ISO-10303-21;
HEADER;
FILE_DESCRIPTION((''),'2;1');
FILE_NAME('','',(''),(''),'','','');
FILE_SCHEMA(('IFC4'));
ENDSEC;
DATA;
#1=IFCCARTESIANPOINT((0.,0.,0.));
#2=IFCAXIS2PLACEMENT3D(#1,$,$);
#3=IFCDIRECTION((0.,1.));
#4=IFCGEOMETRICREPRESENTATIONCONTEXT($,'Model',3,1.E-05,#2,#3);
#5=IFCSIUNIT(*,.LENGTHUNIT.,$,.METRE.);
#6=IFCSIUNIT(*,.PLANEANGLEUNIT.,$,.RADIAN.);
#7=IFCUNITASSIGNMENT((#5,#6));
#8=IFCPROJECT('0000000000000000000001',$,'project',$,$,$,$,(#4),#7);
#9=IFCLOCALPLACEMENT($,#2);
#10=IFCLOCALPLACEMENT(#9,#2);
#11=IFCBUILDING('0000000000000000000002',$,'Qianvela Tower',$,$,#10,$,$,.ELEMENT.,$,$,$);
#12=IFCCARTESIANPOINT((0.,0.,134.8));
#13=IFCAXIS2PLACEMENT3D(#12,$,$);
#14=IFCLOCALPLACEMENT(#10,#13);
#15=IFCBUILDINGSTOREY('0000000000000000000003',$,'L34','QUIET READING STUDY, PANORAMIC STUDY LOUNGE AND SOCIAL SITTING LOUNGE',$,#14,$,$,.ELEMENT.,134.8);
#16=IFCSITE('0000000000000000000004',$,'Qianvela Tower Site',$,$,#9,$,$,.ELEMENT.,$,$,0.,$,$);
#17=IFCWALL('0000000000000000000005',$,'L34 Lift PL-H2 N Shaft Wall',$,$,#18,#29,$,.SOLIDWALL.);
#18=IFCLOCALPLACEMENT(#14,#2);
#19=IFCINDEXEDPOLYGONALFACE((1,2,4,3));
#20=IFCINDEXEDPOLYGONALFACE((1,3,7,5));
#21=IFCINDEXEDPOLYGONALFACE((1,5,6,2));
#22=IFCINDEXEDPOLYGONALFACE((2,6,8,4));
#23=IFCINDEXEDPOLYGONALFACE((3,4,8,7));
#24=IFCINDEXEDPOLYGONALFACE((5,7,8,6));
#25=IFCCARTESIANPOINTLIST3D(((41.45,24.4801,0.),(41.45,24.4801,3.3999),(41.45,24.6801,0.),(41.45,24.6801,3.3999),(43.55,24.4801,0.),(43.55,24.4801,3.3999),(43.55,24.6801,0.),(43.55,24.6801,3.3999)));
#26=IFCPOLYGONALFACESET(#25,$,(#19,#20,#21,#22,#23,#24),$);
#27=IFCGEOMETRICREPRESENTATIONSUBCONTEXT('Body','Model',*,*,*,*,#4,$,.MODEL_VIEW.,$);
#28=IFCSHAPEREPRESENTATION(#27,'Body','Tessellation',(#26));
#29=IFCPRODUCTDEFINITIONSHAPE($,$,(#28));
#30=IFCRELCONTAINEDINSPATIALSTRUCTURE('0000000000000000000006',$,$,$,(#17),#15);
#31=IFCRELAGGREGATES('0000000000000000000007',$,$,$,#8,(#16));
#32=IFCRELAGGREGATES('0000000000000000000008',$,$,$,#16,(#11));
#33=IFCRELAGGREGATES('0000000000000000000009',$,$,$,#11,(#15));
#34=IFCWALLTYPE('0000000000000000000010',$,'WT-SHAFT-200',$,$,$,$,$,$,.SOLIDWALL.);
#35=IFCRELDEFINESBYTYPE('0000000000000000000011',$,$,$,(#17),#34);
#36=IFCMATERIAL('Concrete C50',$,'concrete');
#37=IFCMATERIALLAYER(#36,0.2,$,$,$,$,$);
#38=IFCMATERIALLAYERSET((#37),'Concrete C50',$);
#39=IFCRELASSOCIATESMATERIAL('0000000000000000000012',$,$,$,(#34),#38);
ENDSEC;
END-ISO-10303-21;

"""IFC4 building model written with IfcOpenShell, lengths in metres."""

from ifc_helpers import new_model, si_unit, direction, frame, frame_2d, origin, place, context, subcontext, project, spatial, rectangle, extrude, material, layer, layer_set, type_object, element, save


model = new_model("IFC4")

# Units and contexts
model_context = context("Model", 3, precision=1e-05, world=origin(), true_north=direction((0.0, 1.0)))
body_context = subcontext(model_context, "Body", "Model", "MODEL_VIEW")
ifc_project = project(units=[si_unit("LENGTHUNIT", "METRE"), si_unit("PLANEANGLEUNIT", "RADIAN")], contexts=[model_context])

# Site, building, storey
site_placement = place(None, origin())
site = spatial("IfcSite", under=ifc_project, at=site_placement, Name="Qianvela Tower Site", CompositionType="ELEMENT", RefElevation=0.0)
building_placement = place(site_placement, origin())
building = spatial("IfcBuilding", under=site, at=building_placement, Name="Qianvela Tower", CompositionType="ELEMENT")
storey_placement = place(building_placement, frame((0.0, 0.0, 134.8)))
storey = spatial("IfcBuildingStorey", under=building, at=storey_placement, Name="L34", Description="QUIET READING STUDY, PANORAMIC STUDY LOUNGE AND SOCIAL SITTING LOUNGE", CompositionType="ELEMENT", Elevation=134.8)

# Wall
ifc_material_1 = material(Name="Concrete C50", Category="concrete")
ifc_layer_1 = layer(ifc_material_1, 0.2)
ifc_layer_set_1 = layer_set([ifc_layer_1], Name="Concrete C50")
wall_type_1 = type_object("IfcWallType", Name="WT-SHAFT-200", PredefinedType="SOLIDWALL", material=ifc_layer_set_1)
wall_1_placement = place(storey_placement, frame((41.45, 24.5801, 0.0), z_axis=(0.0, 0.0, 1.0), x_axis=(1.0, 0.0, 0.0)))
element("IfcWall", 1, at=wall_1_placement, inside=storey, type_object=wall_type_1, Name="L34 Lift PL-H2 N Shaft Wall", PredefinedType="SOLIDWALL", context=body_context, shape_type="SweptSolid", body=[
    extrude(rectangle(XDim=2.1001, YDim=0.2, at=frame_2d((1.05, 0.0))), origin(), (0.0, 0.0, 1.0), 3.3999),
])

save(model, "model.ifc")
